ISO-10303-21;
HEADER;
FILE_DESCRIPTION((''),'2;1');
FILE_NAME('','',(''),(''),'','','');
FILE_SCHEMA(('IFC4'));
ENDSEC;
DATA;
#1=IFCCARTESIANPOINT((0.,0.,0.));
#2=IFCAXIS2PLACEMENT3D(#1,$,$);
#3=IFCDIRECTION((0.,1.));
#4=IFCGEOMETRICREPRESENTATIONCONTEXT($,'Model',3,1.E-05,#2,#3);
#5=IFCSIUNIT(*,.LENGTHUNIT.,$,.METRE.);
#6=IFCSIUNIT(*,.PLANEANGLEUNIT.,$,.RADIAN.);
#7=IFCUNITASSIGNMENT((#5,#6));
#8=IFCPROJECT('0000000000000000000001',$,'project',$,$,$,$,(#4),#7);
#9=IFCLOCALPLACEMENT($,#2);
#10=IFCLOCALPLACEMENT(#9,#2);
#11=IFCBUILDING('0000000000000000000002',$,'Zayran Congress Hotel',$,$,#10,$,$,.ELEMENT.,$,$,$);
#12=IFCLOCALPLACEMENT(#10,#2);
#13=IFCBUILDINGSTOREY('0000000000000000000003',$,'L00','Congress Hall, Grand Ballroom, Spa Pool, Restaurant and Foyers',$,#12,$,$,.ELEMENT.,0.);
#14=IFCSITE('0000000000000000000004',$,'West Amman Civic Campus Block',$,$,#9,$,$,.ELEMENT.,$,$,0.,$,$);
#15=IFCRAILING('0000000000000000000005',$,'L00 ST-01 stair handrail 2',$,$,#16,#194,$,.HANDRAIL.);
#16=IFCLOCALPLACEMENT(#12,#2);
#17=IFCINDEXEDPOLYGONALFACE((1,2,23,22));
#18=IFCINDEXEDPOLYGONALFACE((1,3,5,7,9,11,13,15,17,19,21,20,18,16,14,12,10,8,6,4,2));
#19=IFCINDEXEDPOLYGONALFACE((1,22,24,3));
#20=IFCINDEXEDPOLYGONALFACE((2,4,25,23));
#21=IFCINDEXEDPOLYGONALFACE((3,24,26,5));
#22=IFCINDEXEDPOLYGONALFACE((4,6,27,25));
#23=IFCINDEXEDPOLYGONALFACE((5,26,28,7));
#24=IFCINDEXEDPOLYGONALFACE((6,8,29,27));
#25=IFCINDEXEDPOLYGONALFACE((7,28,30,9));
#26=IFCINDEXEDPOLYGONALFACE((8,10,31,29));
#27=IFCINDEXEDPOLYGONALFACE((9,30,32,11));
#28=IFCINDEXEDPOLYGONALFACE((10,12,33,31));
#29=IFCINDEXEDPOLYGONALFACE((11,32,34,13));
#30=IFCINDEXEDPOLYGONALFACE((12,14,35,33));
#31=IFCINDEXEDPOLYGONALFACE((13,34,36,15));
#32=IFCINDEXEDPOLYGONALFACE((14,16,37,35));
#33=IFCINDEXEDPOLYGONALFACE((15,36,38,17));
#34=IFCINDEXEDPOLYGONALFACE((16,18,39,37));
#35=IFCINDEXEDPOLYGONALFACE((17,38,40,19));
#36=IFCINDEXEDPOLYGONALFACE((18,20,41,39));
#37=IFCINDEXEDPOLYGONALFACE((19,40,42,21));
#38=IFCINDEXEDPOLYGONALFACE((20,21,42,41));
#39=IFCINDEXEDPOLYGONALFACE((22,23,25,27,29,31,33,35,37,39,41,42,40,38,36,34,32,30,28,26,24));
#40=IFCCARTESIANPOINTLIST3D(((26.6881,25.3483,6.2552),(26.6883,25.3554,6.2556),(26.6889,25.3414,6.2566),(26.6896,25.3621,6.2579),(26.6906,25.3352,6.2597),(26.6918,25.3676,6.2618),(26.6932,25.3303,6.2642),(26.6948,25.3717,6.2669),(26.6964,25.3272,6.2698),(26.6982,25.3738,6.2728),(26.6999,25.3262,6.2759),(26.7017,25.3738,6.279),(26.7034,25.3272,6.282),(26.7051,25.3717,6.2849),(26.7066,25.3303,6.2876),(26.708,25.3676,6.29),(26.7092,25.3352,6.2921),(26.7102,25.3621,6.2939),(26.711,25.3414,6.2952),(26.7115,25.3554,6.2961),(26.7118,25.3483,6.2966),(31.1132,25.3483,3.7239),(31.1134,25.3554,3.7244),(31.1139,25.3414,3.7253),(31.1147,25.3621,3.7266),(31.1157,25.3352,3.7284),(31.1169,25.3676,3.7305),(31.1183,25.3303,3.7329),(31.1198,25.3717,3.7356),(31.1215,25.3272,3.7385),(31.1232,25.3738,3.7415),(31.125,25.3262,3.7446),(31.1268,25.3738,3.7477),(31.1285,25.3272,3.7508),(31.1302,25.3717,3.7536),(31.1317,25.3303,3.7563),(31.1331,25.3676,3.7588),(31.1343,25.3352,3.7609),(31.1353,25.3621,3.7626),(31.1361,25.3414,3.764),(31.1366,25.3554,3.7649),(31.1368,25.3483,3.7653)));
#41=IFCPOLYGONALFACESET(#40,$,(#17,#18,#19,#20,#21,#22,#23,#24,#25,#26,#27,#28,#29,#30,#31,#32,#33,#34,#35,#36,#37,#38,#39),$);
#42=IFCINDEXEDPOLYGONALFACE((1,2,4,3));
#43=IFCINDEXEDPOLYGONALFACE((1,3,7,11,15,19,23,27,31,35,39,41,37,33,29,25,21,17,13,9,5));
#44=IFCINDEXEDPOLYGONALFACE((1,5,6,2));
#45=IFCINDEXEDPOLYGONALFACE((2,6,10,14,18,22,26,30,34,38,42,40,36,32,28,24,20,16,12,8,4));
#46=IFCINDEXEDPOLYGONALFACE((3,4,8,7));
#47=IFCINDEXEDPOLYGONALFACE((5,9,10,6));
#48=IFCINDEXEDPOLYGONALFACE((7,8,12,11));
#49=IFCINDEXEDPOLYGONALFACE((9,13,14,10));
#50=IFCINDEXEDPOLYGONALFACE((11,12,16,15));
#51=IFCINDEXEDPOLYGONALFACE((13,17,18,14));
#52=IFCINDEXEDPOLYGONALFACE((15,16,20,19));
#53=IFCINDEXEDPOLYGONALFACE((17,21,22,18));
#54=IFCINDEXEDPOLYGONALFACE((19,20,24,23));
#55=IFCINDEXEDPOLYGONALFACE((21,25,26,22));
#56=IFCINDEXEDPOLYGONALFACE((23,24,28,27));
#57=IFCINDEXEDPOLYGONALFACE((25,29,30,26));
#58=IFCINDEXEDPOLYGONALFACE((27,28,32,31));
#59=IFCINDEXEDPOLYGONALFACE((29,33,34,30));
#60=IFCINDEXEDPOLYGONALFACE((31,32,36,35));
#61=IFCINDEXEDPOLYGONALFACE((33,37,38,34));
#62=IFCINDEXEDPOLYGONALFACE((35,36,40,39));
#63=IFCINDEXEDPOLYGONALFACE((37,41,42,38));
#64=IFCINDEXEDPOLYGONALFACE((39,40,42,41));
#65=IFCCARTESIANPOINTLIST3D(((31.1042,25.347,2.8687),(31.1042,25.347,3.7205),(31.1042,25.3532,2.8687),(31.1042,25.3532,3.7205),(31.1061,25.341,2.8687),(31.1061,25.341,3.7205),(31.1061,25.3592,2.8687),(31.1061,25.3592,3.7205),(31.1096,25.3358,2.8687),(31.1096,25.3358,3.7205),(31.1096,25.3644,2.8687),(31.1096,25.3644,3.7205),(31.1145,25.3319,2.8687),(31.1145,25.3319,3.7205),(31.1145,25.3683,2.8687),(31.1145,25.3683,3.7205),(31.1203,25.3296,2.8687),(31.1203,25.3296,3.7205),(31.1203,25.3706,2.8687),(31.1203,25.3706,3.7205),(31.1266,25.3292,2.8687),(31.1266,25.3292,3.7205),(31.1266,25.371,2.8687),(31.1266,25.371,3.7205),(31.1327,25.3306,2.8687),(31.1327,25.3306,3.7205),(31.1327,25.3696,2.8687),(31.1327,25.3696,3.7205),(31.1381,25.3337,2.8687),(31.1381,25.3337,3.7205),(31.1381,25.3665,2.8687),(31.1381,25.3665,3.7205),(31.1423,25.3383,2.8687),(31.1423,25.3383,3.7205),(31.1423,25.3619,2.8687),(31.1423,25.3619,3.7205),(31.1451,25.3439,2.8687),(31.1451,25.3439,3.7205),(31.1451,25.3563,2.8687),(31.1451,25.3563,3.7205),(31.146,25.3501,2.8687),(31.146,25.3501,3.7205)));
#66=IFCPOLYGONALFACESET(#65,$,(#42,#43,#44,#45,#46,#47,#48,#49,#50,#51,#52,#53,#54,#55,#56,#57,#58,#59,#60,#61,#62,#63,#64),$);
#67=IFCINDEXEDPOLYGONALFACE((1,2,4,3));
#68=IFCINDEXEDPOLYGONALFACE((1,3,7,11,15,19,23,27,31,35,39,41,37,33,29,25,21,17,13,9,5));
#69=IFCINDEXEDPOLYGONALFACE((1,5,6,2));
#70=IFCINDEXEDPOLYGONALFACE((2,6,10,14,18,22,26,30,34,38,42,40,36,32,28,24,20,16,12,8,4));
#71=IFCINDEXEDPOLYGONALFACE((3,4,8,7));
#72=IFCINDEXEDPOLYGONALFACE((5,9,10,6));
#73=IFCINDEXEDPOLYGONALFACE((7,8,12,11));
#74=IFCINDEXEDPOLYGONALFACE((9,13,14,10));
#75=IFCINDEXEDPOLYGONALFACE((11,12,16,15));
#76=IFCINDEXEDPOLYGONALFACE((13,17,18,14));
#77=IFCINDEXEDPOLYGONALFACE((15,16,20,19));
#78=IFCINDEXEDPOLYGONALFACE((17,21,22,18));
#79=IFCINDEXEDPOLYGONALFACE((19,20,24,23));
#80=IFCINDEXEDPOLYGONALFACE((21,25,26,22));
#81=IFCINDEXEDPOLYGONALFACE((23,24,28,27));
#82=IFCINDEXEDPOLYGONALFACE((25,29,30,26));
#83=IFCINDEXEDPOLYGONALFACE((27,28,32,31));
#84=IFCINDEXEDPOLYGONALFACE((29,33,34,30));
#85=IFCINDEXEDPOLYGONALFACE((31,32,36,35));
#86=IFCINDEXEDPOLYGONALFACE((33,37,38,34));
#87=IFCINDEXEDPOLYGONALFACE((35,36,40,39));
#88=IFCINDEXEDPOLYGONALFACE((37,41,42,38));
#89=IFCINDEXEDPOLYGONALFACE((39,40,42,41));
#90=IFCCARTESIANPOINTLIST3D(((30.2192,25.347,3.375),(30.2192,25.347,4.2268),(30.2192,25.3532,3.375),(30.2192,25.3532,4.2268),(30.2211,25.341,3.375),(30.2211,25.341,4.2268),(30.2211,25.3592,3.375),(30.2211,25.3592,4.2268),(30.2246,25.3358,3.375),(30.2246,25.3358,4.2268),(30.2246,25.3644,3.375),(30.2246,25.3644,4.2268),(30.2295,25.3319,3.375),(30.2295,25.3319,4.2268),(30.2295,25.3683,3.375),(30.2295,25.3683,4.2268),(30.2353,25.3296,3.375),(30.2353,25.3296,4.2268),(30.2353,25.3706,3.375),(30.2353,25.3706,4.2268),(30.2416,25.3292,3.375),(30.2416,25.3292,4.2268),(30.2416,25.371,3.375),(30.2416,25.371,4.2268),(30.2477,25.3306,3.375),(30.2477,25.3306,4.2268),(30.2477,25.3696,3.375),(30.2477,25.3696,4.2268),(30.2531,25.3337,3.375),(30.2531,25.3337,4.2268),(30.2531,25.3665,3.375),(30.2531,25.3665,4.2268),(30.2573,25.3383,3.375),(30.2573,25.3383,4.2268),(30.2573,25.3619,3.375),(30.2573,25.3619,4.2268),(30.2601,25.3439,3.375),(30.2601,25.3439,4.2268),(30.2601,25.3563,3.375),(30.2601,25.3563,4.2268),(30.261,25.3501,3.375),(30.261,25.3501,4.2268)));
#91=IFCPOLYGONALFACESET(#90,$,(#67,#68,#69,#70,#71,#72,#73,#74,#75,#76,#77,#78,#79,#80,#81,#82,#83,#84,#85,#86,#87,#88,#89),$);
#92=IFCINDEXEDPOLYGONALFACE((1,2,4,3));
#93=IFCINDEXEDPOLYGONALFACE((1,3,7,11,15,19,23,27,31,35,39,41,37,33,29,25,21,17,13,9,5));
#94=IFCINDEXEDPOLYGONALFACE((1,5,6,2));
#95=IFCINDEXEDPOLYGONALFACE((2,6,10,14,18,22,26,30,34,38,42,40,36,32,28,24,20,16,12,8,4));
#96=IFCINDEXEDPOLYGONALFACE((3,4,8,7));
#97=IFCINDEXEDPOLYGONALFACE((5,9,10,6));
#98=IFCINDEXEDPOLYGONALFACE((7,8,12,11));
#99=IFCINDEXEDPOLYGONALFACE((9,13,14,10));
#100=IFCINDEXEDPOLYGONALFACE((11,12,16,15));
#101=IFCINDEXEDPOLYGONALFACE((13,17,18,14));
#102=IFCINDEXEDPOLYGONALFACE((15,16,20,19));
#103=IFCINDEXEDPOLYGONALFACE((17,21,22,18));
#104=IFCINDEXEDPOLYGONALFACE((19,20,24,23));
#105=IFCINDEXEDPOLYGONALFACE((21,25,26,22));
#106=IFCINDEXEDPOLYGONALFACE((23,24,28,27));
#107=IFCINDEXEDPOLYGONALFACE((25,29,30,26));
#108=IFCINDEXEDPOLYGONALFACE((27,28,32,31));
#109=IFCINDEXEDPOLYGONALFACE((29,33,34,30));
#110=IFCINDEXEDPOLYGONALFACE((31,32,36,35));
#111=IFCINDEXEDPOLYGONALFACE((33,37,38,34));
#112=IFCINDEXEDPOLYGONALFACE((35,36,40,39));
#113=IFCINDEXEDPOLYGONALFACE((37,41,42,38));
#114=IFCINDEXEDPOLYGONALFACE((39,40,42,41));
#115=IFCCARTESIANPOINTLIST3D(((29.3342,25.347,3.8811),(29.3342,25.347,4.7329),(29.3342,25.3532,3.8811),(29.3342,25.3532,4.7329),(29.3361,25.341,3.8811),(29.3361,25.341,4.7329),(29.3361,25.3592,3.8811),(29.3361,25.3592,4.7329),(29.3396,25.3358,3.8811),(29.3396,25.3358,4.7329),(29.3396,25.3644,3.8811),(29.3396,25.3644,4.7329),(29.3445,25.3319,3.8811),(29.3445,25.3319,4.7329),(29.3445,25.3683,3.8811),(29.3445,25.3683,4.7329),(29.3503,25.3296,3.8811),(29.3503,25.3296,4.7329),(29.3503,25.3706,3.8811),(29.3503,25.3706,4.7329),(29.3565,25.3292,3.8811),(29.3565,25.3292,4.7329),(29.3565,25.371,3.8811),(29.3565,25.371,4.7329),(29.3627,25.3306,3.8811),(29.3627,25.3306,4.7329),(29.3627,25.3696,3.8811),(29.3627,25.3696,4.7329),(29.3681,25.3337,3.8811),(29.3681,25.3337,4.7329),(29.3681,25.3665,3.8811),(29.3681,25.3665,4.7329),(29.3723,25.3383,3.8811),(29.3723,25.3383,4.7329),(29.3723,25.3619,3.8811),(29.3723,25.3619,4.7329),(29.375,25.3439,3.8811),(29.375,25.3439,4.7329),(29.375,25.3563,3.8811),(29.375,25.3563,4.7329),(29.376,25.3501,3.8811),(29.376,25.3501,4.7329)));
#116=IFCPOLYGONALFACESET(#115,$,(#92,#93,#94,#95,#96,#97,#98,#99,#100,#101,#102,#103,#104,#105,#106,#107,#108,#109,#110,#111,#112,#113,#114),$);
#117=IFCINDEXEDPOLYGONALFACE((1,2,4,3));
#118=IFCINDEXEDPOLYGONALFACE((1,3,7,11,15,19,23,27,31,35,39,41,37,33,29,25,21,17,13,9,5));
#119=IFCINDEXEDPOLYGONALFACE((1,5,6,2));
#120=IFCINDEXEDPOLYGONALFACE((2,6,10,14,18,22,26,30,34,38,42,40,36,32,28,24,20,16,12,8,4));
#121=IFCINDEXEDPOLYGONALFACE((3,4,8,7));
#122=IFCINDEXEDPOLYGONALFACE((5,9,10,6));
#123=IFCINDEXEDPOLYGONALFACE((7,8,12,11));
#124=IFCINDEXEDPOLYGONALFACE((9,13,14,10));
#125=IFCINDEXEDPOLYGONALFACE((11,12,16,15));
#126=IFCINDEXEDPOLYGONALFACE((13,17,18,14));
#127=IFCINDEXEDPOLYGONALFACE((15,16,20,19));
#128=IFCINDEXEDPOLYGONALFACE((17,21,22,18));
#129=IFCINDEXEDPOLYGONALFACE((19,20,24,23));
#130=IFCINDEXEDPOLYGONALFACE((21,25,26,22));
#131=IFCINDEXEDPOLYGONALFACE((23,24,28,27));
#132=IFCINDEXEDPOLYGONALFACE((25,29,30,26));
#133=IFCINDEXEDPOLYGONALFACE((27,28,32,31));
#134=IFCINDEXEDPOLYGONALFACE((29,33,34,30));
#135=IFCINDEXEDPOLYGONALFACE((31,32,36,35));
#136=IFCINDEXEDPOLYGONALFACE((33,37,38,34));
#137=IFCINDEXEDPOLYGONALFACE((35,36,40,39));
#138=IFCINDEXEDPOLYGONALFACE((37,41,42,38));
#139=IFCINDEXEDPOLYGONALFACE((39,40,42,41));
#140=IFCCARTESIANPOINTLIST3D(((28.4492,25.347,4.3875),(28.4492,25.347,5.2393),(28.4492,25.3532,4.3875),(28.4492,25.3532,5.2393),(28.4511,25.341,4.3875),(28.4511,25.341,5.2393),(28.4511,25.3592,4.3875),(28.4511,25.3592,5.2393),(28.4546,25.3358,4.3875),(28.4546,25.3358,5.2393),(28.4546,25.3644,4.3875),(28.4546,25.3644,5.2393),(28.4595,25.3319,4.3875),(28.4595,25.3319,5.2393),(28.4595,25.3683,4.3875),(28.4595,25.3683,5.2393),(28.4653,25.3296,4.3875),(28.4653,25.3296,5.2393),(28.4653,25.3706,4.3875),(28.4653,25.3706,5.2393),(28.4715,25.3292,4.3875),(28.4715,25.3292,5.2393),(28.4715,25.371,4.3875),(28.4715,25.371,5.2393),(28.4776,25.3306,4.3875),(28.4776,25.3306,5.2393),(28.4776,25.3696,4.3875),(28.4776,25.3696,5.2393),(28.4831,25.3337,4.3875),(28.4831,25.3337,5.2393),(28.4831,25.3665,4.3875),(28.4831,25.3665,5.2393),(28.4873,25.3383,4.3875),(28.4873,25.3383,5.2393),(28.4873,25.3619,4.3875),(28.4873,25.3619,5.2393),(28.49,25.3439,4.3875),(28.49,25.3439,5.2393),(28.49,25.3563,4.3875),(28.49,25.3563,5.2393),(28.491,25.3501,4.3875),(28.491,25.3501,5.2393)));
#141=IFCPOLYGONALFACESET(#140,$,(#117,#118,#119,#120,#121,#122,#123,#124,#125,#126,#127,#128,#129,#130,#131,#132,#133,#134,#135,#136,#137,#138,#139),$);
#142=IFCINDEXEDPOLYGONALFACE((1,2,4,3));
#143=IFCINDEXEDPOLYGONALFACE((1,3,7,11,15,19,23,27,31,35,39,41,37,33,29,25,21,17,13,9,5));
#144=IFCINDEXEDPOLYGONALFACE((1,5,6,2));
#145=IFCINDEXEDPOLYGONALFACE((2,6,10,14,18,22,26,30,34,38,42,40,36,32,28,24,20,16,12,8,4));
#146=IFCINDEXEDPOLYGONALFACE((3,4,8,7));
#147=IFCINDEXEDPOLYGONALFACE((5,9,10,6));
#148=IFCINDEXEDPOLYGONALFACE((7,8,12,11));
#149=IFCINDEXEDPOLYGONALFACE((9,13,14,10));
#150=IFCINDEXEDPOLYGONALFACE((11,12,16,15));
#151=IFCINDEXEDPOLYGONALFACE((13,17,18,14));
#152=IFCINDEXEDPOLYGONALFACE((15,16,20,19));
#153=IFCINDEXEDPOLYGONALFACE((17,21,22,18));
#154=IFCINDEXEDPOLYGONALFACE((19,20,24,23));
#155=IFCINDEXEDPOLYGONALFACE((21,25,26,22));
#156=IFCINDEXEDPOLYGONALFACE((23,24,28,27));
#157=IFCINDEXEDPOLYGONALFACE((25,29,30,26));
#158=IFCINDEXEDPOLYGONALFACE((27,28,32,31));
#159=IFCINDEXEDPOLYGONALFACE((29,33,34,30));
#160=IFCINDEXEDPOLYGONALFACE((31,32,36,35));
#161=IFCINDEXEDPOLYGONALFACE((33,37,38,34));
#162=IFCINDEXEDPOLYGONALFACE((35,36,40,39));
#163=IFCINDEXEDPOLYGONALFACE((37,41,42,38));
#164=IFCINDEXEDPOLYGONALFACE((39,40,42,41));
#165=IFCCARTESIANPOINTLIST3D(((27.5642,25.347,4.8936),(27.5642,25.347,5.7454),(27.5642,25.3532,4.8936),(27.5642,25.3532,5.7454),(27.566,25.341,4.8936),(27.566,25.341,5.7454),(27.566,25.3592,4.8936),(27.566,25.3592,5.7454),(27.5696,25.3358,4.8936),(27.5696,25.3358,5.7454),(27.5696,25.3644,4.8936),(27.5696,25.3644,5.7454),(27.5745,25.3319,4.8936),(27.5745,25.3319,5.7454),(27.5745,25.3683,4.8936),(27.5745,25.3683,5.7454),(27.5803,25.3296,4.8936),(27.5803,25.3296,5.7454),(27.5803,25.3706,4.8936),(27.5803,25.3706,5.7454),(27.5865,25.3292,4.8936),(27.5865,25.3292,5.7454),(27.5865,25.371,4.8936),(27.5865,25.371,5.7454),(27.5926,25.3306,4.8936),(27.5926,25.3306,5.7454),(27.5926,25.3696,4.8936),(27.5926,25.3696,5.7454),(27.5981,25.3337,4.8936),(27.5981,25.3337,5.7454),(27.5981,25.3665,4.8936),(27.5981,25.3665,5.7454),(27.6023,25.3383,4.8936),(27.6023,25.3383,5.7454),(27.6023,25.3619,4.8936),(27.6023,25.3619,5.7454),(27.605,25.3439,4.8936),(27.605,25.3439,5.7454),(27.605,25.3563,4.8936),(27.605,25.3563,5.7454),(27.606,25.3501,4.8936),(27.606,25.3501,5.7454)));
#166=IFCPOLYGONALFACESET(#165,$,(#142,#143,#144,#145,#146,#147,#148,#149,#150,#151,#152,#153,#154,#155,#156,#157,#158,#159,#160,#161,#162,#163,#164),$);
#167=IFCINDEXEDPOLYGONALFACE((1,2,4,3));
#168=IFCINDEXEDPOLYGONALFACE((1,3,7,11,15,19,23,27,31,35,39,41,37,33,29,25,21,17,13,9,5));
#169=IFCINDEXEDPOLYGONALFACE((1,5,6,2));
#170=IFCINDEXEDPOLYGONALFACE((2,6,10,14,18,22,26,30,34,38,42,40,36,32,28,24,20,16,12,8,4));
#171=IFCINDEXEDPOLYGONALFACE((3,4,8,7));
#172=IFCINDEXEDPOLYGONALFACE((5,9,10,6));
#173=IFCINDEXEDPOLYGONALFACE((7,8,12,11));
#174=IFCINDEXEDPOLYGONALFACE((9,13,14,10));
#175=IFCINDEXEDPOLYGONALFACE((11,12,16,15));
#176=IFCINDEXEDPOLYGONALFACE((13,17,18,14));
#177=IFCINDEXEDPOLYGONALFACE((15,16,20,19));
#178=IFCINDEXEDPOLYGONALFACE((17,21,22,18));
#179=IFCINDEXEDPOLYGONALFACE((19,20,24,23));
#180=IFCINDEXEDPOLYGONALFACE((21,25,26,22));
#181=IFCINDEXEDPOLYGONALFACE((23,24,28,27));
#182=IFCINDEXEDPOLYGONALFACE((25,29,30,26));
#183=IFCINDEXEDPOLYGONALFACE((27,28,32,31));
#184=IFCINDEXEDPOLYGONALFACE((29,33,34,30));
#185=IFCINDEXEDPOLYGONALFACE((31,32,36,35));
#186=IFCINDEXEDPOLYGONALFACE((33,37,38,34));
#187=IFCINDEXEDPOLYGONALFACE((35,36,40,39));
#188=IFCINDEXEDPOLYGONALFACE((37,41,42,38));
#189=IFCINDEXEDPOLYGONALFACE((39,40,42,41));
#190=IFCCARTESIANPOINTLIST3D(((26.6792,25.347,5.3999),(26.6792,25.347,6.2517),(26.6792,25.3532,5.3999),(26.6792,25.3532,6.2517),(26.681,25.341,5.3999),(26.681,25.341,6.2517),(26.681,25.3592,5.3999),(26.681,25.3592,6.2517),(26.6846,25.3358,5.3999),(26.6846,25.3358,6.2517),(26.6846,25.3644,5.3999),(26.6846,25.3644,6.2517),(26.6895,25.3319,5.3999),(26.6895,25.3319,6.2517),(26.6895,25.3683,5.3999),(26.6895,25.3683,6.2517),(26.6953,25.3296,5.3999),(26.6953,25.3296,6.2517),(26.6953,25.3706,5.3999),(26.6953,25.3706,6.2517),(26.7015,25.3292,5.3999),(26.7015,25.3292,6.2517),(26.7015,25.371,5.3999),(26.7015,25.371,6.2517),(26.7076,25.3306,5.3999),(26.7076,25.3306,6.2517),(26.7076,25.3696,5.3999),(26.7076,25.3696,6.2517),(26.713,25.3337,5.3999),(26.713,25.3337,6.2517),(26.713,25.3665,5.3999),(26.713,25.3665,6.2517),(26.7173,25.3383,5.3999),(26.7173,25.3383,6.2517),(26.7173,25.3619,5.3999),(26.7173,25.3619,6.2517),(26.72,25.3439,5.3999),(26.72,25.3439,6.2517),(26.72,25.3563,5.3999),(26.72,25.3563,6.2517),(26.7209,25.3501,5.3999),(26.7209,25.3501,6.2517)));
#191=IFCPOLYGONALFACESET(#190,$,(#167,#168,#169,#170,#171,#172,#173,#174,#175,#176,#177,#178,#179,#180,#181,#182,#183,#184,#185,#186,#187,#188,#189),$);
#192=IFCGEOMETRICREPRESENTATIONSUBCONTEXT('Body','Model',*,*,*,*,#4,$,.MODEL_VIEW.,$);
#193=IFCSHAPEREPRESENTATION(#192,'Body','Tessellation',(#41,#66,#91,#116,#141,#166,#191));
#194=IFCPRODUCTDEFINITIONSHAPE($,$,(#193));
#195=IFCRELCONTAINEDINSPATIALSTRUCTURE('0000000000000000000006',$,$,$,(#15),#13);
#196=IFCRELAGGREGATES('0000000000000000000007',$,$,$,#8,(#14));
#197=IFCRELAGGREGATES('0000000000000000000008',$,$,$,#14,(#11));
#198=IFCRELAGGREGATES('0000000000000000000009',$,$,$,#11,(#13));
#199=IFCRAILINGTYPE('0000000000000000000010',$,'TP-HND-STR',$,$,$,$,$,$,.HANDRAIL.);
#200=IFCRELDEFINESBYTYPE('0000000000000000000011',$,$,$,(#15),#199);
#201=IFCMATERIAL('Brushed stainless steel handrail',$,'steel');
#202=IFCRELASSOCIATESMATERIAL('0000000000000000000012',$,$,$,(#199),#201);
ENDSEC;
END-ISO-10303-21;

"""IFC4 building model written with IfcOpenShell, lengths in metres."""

from ifc_helpers import new_model, si_unit, direction, frame, origin, origin_2d, place, context, subcontext, project, spatial, circle, extrude, material, type_object, element, save


model = new_model("IFC4")

# Units and contexts
model_context = context("Model", 3, precision=1e-05, world=origin(), true_north=direction((0.0, 1.0)))
body_context = subcontext(model_context, "Body", "Model", "MODEL_VIEW")
ifc_project = project(units=[si_unit("LENGTHUNIT", "METRE"), si_unit("PLANEANGLEUNIT", "RADIAN")], contexts=[model_context])

# Site, building, storey
site_placement = place(None, origin())
site = spatial("IfcSite", under=ifc_project, at=site_placement, Name="West Amman Civic Campus Block", CompositionType="ELEMENT", RefElevation=0.0)
building_placement = place(site_placement, origin())
building = spatial("IfcBuilding", under=site, at=building_placement, Name="Zayran Congress Hotel", CompositionType="ELEMENT")
storey_placement = place(building_placement, origin())
storey = spatial("IfcBuildingStorey", under=building, at=storey_placement, Name="L00", Description="Congress Hall, Grand Ballroom, Spa Pool, Restaurant and Foyers", CompositionType="ELEMENT", Elevation=0.0)

# Railing
ifc_material_1 = material(Name="Brushed stainless steel handrail", Category="steel")
railing_type_1 = type_object("IfcRailingType", Name="TP-HND-STR", PredefinedType="HANDRAIL", material=ifc_material_1)
railing_1_placement = place(storey_placement, frame((31.125, 25.3501, 2.8687)))
element("IfcRailing", 1, at=railing_1_placement, inside=storey, type_object=railing_type_1, Name="L00 ST-01 stair handrail 2", PredefinedType="HANDRAIL", context=body_context, shape_type="SweptSolid", body=[
    extrude(circle(Radius=0.0239, at=origin_2d()), frame((0.0, 0.0, 0.876), z_axis=(-0.868019, 0.0, 0.496531), x_axis=(0.0, -1.0, 0.0)), (0.0, 0.0, 1.0), 5.0979),
    extrude(circle(Radius=0.021, at=origin_2d()), origin(), (0.0, 0.0, 1.0), 0.8518),
    extrude(circle(Radius=0.021, at=origin_2d()), frame((-0.885, 0.0, 0.5063)), (0.0, 0.0, 1.0), 0.8518),
    extrude(circle(Radius=0.021, at=origin_2d()), frame((-1.77, 0.0, 1.0125)), (0.0, 0.0, 1.0), 0.8518),
    extrude(circle(Radius=0.021, at=origin_2d()), frame((-2.655, 0.0, 1.5188)), (0.0, 0.0, 1.0), 0.8518),
    extrude(circle(Radius=0.021, at=origin_2d()), frame((-3.54, 0.0, 2.0249)), (0.0, 0.0, 1.0), 0.8518),
    extrude(circle(Radius=0.021, at=origin_2d()), frame((-4.425, 0.0, 2.5312)), (0.0, 0.0, 1.0), 0.8518),
])

save(model, "model.ifc")
